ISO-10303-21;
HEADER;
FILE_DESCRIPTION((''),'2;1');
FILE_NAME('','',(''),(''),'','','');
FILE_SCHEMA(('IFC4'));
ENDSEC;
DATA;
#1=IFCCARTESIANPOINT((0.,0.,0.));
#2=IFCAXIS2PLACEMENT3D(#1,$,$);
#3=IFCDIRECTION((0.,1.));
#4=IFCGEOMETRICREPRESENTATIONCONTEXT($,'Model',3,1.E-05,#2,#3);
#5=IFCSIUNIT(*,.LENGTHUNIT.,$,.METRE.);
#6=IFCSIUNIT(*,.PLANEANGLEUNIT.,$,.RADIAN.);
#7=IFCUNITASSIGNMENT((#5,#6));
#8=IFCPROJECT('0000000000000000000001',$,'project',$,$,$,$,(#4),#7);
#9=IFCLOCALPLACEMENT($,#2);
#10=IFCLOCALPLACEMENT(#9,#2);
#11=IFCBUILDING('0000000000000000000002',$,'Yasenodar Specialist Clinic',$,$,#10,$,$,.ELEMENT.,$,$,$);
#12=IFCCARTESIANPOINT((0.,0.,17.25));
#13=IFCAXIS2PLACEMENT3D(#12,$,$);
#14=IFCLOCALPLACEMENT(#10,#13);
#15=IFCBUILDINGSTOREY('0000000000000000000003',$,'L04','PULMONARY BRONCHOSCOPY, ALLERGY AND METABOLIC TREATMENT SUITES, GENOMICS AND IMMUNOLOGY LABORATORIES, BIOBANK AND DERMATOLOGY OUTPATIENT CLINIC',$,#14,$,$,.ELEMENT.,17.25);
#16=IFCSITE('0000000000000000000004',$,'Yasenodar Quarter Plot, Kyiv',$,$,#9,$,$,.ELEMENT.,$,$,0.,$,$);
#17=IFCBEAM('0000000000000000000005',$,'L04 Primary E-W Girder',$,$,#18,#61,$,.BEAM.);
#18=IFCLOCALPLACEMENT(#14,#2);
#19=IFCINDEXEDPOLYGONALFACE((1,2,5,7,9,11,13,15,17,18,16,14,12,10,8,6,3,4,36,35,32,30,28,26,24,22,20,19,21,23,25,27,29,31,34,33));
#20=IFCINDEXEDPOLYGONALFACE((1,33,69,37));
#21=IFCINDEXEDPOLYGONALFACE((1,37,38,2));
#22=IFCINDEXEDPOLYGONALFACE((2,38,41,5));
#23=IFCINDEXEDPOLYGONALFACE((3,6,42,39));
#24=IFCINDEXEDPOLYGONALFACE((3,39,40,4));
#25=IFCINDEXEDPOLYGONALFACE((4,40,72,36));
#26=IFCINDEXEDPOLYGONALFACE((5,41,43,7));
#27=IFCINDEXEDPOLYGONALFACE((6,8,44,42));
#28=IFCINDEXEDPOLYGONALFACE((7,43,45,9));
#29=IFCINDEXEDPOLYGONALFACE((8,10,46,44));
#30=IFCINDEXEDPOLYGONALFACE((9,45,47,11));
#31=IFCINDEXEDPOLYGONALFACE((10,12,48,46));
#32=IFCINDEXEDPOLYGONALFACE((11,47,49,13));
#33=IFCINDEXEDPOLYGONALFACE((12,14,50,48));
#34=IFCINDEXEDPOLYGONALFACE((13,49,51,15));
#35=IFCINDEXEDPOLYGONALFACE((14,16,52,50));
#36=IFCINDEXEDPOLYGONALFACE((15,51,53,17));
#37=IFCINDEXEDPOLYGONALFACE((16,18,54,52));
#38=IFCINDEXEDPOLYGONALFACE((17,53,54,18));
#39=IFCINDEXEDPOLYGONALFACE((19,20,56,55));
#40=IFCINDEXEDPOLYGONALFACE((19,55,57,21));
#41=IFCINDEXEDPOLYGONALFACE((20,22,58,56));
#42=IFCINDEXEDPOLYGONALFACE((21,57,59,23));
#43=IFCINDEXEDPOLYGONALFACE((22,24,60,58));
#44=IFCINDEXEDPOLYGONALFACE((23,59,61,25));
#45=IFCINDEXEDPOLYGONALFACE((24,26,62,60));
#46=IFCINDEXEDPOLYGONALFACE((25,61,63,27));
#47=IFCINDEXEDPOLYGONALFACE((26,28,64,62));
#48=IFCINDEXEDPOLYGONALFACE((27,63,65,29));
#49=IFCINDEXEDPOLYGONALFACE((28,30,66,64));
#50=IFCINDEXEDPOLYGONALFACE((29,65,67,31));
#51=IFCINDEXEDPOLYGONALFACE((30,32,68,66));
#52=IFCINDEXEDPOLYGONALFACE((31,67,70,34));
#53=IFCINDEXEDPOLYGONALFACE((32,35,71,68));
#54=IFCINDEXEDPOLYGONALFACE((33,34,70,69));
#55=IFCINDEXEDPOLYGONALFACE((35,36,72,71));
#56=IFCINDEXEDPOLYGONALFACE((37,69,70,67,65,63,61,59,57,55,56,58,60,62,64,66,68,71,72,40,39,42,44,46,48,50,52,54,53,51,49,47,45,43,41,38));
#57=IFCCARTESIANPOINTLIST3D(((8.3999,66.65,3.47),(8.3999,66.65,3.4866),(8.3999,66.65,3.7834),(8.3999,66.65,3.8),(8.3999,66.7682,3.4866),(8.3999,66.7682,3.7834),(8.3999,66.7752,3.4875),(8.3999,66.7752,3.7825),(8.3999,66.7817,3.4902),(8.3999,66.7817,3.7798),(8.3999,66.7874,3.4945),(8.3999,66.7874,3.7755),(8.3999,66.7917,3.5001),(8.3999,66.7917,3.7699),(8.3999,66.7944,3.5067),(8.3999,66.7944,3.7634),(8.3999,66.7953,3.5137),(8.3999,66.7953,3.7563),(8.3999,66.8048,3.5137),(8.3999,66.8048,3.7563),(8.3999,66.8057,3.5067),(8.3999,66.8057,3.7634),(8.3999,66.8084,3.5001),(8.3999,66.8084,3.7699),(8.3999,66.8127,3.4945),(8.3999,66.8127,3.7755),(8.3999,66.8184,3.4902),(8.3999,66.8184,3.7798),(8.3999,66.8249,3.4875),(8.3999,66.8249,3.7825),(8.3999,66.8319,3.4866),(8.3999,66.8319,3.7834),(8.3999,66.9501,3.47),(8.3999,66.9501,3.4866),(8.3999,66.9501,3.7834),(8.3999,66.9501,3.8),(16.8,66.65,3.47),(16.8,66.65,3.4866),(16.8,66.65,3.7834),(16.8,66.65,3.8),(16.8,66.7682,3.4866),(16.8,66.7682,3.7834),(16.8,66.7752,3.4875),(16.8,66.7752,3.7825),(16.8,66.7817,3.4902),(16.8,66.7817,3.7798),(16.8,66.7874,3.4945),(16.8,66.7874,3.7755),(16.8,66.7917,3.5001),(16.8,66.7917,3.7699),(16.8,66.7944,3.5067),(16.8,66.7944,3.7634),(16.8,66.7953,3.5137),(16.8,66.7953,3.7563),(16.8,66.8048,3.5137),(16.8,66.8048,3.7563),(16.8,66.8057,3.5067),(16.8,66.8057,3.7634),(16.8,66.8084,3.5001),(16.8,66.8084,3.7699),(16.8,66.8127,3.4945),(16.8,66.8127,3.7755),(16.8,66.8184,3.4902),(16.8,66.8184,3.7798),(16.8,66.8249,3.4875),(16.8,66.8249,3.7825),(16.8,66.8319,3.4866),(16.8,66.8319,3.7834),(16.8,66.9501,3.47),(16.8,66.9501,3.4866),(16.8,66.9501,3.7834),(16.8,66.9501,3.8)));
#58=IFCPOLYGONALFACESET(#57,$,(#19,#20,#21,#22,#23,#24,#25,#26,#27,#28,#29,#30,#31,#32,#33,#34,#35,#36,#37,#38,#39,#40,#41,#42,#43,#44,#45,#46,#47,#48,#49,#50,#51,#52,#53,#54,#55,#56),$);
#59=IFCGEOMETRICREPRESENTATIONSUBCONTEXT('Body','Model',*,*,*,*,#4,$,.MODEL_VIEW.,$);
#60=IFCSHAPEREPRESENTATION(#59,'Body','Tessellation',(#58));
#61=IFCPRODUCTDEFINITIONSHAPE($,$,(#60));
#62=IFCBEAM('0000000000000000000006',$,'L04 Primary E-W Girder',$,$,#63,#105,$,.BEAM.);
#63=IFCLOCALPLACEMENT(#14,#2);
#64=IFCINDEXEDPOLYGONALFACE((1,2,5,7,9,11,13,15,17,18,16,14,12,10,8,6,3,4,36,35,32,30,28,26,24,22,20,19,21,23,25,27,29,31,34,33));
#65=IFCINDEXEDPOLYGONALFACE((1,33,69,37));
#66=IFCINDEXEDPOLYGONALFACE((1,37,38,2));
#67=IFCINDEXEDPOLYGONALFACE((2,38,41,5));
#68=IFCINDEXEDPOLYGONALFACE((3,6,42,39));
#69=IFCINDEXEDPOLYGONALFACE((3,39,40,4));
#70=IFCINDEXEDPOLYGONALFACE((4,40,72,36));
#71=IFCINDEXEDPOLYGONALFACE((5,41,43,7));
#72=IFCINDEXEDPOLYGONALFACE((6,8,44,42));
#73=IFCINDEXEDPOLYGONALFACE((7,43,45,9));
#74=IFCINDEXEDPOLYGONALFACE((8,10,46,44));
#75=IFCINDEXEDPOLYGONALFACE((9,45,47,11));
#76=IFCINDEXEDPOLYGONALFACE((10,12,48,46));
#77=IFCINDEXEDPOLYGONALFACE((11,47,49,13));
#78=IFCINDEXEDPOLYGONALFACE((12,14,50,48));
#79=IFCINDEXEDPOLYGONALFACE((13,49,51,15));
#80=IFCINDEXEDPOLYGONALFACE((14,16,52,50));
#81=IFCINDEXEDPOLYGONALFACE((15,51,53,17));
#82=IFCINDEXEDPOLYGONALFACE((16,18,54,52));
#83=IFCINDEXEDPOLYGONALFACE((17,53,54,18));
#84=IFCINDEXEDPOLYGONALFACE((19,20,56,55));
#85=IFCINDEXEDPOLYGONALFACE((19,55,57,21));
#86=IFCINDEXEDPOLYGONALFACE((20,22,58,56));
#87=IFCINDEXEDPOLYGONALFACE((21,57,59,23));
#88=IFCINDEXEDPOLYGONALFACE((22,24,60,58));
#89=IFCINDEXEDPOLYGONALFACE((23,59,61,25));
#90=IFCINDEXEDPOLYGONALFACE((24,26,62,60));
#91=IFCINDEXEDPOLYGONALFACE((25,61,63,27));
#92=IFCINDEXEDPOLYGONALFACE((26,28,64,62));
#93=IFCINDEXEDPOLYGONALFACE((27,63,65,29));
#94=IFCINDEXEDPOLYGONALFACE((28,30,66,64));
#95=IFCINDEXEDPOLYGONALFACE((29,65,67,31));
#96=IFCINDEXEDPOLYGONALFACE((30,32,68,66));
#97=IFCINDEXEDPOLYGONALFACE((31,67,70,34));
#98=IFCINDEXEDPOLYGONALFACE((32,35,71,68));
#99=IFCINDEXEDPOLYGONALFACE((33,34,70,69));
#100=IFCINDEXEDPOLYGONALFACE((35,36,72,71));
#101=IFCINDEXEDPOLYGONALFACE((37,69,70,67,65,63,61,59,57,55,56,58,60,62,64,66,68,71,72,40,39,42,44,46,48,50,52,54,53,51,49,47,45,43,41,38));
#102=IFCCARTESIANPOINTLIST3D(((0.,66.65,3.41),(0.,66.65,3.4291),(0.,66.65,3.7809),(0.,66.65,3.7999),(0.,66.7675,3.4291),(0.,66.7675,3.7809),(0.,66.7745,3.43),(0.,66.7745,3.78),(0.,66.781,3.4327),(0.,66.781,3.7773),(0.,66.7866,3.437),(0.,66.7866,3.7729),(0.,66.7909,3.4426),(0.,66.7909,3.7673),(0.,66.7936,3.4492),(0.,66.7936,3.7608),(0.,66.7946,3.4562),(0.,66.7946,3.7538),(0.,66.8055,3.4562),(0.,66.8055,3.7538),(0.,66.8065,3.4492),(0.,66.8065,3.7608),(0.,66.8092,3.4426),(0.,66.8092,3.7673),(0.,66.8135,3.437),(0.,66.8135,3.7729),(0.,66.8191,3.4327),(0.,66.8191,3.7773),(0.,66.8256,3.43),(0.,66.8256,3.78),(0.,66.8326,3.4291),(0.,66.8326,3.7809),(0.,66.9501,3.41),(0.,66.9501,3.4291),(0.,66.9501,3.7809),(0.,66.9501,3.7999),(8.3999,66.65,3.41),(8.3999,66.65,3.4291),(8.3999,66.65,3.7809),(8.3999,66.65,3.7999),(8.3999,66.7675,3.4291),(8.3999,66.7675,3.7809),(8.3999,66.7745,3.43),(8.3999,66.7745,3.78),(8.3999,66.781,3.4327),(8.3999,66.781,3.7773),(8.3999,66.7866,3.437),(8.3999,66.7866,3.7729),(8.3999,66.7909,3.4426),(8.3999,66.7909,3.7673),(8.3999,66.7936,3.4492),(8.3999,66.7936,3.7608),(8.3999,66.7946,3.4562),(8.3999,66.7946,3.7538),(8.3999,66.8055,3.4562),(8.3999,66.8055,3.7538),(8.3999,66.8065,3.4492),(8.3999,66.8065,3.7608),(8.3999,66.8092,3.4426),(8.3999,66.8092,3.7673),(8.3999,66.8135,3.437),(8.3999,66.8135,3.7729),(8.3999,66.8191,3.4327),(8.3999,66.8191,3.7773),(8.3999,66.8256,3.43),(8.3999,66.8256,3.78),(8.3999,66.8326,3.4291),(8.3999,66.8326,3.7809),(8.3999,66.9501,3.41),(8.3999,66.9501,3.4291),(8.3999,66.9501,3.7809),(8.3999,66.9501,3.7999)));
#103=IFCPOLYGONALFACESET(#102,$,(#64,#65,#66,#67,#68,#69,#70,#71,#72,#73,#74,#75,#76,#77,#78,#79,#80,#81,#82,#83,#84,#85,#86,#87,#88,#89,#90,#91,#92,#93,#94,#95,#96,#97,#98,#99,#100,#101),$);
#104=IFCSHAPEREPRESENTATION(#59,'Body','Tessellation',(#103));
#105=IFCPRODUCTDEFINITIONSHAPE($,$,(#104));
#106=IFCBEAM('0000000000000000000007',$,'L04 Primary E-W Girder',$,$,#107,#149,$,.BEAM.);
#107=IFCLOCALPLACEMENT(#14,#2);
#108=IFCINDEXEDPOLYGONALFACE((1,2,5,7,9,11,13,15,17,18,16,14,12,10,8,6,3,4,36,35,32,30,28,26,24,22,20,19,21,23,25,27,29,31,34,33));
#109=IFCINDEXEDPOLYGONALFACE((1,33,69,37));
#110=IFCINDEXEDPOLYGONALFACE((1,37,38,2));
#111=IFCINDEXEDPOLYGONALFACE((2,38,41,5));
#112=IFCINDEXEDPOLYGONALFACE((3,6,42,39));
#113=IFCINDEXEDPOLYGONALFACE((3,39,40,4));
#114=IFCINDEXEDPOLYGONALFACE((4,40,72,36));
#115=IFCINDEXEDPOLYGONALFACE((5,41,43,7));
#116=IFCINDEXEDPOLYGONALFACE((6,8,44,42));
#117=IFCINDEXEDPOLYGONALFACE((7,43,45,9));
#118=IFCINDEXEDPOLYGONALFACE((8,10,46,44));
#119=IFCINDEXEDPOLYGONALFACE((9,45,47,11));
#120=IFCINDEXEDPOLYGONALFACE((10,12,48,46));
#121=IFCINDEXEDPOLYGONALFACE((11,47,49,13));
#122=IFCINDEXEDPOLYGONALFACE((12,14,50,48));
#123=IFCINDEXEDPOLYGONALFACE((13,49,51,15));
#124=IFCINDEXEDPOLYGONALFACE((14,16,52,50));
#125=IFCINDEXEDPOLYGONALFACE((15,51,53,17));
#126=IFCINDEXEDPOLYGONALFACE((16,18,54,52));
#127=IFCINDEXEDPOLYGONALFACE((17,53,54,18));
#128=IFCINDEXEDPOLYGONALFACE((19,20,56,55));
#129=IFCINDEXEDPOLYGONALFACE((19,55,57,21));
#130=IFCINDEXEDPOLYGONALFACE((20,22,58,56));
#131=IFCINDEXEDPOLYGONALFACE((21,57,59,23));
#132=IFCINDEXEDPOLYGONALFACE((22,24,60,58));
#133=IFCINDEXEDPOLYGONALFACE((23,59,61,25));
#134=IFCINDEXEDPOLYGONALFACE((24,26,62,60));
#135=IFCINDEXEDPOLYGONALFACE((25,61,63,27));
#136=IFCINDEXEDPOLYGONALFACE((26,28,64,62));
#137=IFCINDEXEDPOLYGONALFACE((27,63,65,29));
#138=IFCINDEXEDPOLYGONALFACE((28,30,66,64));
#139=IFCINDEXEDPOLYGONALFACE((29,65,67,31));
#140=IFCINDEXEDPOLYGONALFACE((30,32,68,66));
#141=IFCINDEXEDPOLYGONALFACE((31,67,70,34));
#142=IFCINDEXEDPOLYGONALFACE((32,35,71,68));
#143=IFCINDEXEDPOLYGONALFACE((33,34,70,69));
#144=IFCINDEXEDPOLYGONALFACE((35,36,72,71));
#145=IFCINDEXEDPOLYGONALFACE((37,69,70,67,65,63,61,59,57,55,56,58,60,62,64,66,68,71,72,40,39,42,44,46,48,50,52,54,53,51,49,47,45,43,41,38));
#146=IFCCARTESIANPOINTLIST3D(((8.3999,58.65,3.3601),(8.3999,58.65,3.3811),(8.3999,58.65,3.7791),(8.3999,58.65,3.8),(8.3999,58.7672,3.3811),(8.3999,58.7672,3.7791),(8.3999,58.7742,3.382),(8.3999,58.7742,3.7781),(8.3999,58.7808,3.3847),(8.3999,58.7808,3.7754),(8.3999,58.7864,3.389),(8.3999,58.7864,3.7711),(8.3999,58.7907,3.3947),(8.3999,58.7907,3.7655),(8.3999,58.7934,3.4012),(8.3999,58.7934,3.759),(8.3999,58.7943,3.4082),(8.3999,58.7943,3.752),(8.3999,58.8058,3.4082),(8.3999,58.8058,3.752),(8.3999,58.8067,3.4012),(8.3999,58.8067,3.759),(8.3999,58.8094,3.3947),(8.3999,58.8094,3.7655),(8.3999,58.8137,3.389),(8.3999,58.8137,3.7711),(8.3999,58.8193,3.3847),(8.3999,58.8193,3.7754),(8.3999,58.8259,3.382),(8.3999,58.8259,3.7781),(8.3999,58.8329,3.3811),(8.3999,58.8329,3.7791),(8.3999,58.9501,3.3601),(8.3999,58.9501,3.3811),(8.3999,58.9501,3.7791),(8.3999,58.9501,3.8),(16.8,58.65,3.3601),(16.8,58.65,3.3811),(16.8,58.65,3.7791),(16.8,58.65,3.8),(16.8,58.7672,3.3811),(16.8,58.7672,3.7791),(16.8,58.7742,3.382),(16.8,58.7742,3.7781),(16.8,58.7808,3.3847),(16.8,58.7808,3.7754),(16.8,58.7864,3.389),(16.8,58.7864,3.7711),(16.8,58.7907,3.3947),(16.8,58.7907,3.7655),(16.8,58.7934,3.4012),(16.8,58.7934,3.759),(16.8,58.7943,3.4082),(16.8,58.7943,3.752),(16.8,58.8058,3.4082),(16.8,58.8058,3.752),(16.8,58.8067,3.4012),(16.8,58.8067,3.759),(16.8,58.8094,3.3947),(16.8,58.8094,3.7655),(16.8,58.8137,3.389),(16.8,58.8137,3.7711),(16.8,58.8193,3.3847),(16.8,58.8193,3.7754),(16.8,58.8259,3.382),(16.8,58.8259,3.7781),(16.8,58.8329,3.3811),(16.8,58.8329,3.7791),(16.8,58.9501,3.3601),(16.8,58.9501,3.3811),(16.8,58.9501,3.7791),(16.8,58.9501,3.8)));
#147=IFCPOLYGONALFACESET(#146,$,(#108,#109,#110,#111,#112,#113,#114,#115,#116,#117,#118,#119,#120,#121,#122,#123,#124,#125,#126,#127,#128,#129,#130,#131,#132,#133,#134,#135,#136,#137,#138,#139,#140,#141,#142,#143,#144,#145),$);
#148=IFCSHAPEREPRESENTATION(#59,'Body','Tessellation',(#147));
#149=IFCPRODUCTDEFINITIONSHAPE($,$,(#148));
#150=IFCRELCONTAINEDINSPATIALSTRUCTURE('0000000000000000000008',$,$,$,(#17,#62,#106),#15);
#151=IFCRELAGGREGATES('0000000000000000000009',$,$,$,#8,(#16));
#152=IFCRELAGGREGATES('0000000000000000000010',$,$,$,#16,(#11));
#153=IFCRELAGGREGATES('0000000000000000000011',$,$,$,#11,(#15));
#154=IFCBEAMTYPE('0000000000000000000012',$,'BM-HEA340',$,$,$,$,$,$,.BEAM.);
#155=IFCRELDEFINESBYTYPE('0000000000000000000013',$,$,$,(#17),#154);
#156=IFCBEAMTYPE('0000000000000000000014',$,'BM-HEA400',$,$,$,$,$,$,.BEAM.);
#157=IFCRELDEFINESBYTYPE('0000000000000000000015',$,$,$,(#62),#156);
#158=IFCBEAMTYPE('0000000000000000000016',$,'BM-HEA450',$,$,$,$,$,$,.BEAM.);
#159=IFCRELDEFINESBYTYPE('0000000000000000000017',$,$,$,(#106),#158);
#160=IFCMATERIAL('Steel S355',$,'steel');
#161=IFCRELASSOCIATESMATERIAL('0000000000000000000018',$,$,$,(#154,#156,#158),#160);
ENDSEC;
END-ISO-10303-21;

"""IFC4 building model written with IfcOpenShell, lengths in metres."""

from ifc_helpers import new_model, si_unit, direction, frame, origin, origin_2d, place, context, subcontext, project, spatial, i_section, extrude, material, material_profile, profile_set, type_object, element, save


model = new_model("IFC4")

# Units and contexts
model_context = context("Model", 3, precision=1e-05, world=origin(), true_north=direction((0.0, 1.0)))
body_context = subcontext(model_context, "Body", "Model", "MODEL_VIEW")
ifc_project = project(units=[si_unit("LENGTHUNIT", "METRE"), si_unit("PLANEANGLEUNIT", "RADIAN")], contexts=[model_context])

# Site, building, storey
site_placement = place(None, origin())
site = spatial("IfcSite", under=ifc_project, at=site_placement, Name="Yasenodar Quarter Plot, Kyiv", CompositionType="ELEMENT", RefElevation=0.0)
building_placement = place(site_placement, origin())
building = spatial("IfcBuilding", under=site, at=building_placement, Name="Yasenodar Specialist Clinic", CompositionType="ELEMENT")
storey_placement = place(building_placement, frame((0.0, 0.0, 17.25)))
storey = spatial("IfcBuildingStorey", under=building, at=storey_placement, Name="L04", Description="PULMONARY BRONCHOSCOPY, ALLERGY AND METABOLIC TREATMENT SUITES, GENOMICS AND IMMUNOLOGY LABORATORIES, BIOBANK AND DERMATOLOGY OUTPATIENT CLINIC", CompositionType="ELEMENT", Elevation=17.25)

# Shared definitions
ifc_material_1 = material(Name="Steel S355", Category="steel")

# Beams
ifc_material_profile_1 = material_profile(ifc_material_1, i_section(OverallWidth=0.3, OverallDepth=0.3301, WebThickness=0.0095, FlangeThickness=0.0166, FilletRadius=0.0271, at=origin_2d()), Name="HEA 340")
ifc_profile_set_1 = profile_set([ifc_material_profile_1], Name="Steel S355")
beam_type_1 = type_object("IfcBeamType", Name="BM-HEA340", PredefinedType="BEAM", material=ifc_profile_set_1)
beam_1_placement = place(storey_placement, frame((8.3999, 66.8, 3.635), z_axis=(1.0, 0.0, 0.0), x_axis=(0.0, 1.0, 0.0)))
element("IfcBeam", 1, at=beam_1_placement, inside=storey, type_object=beam_type_1, Name="L04 Primary E-W Girder", PredefinedType="BEAM", context=body_context, shape_type="SweptSolid", body=[
    extrude(i_section(OverallWidth=0.3, OverallDepth=0.3301, WebThickness=0.0095, FlangeThickness=0.0166, FilletRadius=0.0271, at=origin_2d()), origin(), (0.0, 0.0, 1.0), 8.4001),
])
ifc_material_profile_2 = material_profile(ifc_material_1, i_section(OverallWidth=0.3, OverallDepth=0.3899, WebThickness=0.011, FlangeThickness=0.019, FilletRadius=0.0271, at=origin_2d()), Name="HEA 400")
ifc_profile_set_2 = profile_set([ifc_material_profile_2], Name="Steel S355")
beam_type_2 = type_object("IfcBeamType", Name="BM-HEA400", PredefinedType="BEAM", material=ifc_profile_set_2)
beam_2_placement = place(storey_placement, frame((0.0, 66.8, 3.605), z_axis=(1.0, 0.0, 0.0), x_axis=(0.0, 1.0, 0.0)))
element("IfcBeam", 2, at=beam_2_placement, inside=storey, type_object=beam_type_2, Name="L04 Primary E-W Girder", PredefinedType="BEAM", context=body_context, shape_type="SweptSolid", body=[
    extrude(i_section(OverallWidth=0.3, OverallDepth=0.3899, WebThickness=0.011, FlangeThickness=0.019, FilletRadius=0.0271, at=origin_2d()), origin(), (0.0, 0.0, 1.0), 8.3999),
])
ifc_material_profile_3 = material_profile(ifc_material_1, i_section(OverallWidth=0.3, OverallDepth=0.4399, WebThickness=0.0115, FlangeThickness=0.021, FilletRadius=0.0271, at=origin_2d()), Name="HEA 450")
ifc_profile_set_3 = profile_set([ifc_material_profile_3], Name="Steel S355")
beam_type_3 = type_object("IfcBeamType", Name="BM-HEA450", PredefinedType="BEAM", material=ifc_profile_set_3)
beam_3_placement = place(storey_placement, frame((8.3999, 58.8, 3.5801), z_axis=(1.0, 0.0, 0.0), x_axis=(0.0, 1.0, 0.0)))
element("IfcBeam", 3, at=beam_3_placement, inside=storey, type_object=beam_type_3, Name="L04 Primary E-W Girder", PredefinedType="BEAM", context=body_context, shape_type="SweptSolid", body=[
    extrude(i_section(OverallWidth=0.3, OverallDepth=0.4399, WebThickness=0.0115, FlangeThickness=0.021, FilletRadius=0.0271, at=origin_2d()), origin(), (0.0, 0.0, 1.0), 8.4001),
])

save(model, "model.ifc")
